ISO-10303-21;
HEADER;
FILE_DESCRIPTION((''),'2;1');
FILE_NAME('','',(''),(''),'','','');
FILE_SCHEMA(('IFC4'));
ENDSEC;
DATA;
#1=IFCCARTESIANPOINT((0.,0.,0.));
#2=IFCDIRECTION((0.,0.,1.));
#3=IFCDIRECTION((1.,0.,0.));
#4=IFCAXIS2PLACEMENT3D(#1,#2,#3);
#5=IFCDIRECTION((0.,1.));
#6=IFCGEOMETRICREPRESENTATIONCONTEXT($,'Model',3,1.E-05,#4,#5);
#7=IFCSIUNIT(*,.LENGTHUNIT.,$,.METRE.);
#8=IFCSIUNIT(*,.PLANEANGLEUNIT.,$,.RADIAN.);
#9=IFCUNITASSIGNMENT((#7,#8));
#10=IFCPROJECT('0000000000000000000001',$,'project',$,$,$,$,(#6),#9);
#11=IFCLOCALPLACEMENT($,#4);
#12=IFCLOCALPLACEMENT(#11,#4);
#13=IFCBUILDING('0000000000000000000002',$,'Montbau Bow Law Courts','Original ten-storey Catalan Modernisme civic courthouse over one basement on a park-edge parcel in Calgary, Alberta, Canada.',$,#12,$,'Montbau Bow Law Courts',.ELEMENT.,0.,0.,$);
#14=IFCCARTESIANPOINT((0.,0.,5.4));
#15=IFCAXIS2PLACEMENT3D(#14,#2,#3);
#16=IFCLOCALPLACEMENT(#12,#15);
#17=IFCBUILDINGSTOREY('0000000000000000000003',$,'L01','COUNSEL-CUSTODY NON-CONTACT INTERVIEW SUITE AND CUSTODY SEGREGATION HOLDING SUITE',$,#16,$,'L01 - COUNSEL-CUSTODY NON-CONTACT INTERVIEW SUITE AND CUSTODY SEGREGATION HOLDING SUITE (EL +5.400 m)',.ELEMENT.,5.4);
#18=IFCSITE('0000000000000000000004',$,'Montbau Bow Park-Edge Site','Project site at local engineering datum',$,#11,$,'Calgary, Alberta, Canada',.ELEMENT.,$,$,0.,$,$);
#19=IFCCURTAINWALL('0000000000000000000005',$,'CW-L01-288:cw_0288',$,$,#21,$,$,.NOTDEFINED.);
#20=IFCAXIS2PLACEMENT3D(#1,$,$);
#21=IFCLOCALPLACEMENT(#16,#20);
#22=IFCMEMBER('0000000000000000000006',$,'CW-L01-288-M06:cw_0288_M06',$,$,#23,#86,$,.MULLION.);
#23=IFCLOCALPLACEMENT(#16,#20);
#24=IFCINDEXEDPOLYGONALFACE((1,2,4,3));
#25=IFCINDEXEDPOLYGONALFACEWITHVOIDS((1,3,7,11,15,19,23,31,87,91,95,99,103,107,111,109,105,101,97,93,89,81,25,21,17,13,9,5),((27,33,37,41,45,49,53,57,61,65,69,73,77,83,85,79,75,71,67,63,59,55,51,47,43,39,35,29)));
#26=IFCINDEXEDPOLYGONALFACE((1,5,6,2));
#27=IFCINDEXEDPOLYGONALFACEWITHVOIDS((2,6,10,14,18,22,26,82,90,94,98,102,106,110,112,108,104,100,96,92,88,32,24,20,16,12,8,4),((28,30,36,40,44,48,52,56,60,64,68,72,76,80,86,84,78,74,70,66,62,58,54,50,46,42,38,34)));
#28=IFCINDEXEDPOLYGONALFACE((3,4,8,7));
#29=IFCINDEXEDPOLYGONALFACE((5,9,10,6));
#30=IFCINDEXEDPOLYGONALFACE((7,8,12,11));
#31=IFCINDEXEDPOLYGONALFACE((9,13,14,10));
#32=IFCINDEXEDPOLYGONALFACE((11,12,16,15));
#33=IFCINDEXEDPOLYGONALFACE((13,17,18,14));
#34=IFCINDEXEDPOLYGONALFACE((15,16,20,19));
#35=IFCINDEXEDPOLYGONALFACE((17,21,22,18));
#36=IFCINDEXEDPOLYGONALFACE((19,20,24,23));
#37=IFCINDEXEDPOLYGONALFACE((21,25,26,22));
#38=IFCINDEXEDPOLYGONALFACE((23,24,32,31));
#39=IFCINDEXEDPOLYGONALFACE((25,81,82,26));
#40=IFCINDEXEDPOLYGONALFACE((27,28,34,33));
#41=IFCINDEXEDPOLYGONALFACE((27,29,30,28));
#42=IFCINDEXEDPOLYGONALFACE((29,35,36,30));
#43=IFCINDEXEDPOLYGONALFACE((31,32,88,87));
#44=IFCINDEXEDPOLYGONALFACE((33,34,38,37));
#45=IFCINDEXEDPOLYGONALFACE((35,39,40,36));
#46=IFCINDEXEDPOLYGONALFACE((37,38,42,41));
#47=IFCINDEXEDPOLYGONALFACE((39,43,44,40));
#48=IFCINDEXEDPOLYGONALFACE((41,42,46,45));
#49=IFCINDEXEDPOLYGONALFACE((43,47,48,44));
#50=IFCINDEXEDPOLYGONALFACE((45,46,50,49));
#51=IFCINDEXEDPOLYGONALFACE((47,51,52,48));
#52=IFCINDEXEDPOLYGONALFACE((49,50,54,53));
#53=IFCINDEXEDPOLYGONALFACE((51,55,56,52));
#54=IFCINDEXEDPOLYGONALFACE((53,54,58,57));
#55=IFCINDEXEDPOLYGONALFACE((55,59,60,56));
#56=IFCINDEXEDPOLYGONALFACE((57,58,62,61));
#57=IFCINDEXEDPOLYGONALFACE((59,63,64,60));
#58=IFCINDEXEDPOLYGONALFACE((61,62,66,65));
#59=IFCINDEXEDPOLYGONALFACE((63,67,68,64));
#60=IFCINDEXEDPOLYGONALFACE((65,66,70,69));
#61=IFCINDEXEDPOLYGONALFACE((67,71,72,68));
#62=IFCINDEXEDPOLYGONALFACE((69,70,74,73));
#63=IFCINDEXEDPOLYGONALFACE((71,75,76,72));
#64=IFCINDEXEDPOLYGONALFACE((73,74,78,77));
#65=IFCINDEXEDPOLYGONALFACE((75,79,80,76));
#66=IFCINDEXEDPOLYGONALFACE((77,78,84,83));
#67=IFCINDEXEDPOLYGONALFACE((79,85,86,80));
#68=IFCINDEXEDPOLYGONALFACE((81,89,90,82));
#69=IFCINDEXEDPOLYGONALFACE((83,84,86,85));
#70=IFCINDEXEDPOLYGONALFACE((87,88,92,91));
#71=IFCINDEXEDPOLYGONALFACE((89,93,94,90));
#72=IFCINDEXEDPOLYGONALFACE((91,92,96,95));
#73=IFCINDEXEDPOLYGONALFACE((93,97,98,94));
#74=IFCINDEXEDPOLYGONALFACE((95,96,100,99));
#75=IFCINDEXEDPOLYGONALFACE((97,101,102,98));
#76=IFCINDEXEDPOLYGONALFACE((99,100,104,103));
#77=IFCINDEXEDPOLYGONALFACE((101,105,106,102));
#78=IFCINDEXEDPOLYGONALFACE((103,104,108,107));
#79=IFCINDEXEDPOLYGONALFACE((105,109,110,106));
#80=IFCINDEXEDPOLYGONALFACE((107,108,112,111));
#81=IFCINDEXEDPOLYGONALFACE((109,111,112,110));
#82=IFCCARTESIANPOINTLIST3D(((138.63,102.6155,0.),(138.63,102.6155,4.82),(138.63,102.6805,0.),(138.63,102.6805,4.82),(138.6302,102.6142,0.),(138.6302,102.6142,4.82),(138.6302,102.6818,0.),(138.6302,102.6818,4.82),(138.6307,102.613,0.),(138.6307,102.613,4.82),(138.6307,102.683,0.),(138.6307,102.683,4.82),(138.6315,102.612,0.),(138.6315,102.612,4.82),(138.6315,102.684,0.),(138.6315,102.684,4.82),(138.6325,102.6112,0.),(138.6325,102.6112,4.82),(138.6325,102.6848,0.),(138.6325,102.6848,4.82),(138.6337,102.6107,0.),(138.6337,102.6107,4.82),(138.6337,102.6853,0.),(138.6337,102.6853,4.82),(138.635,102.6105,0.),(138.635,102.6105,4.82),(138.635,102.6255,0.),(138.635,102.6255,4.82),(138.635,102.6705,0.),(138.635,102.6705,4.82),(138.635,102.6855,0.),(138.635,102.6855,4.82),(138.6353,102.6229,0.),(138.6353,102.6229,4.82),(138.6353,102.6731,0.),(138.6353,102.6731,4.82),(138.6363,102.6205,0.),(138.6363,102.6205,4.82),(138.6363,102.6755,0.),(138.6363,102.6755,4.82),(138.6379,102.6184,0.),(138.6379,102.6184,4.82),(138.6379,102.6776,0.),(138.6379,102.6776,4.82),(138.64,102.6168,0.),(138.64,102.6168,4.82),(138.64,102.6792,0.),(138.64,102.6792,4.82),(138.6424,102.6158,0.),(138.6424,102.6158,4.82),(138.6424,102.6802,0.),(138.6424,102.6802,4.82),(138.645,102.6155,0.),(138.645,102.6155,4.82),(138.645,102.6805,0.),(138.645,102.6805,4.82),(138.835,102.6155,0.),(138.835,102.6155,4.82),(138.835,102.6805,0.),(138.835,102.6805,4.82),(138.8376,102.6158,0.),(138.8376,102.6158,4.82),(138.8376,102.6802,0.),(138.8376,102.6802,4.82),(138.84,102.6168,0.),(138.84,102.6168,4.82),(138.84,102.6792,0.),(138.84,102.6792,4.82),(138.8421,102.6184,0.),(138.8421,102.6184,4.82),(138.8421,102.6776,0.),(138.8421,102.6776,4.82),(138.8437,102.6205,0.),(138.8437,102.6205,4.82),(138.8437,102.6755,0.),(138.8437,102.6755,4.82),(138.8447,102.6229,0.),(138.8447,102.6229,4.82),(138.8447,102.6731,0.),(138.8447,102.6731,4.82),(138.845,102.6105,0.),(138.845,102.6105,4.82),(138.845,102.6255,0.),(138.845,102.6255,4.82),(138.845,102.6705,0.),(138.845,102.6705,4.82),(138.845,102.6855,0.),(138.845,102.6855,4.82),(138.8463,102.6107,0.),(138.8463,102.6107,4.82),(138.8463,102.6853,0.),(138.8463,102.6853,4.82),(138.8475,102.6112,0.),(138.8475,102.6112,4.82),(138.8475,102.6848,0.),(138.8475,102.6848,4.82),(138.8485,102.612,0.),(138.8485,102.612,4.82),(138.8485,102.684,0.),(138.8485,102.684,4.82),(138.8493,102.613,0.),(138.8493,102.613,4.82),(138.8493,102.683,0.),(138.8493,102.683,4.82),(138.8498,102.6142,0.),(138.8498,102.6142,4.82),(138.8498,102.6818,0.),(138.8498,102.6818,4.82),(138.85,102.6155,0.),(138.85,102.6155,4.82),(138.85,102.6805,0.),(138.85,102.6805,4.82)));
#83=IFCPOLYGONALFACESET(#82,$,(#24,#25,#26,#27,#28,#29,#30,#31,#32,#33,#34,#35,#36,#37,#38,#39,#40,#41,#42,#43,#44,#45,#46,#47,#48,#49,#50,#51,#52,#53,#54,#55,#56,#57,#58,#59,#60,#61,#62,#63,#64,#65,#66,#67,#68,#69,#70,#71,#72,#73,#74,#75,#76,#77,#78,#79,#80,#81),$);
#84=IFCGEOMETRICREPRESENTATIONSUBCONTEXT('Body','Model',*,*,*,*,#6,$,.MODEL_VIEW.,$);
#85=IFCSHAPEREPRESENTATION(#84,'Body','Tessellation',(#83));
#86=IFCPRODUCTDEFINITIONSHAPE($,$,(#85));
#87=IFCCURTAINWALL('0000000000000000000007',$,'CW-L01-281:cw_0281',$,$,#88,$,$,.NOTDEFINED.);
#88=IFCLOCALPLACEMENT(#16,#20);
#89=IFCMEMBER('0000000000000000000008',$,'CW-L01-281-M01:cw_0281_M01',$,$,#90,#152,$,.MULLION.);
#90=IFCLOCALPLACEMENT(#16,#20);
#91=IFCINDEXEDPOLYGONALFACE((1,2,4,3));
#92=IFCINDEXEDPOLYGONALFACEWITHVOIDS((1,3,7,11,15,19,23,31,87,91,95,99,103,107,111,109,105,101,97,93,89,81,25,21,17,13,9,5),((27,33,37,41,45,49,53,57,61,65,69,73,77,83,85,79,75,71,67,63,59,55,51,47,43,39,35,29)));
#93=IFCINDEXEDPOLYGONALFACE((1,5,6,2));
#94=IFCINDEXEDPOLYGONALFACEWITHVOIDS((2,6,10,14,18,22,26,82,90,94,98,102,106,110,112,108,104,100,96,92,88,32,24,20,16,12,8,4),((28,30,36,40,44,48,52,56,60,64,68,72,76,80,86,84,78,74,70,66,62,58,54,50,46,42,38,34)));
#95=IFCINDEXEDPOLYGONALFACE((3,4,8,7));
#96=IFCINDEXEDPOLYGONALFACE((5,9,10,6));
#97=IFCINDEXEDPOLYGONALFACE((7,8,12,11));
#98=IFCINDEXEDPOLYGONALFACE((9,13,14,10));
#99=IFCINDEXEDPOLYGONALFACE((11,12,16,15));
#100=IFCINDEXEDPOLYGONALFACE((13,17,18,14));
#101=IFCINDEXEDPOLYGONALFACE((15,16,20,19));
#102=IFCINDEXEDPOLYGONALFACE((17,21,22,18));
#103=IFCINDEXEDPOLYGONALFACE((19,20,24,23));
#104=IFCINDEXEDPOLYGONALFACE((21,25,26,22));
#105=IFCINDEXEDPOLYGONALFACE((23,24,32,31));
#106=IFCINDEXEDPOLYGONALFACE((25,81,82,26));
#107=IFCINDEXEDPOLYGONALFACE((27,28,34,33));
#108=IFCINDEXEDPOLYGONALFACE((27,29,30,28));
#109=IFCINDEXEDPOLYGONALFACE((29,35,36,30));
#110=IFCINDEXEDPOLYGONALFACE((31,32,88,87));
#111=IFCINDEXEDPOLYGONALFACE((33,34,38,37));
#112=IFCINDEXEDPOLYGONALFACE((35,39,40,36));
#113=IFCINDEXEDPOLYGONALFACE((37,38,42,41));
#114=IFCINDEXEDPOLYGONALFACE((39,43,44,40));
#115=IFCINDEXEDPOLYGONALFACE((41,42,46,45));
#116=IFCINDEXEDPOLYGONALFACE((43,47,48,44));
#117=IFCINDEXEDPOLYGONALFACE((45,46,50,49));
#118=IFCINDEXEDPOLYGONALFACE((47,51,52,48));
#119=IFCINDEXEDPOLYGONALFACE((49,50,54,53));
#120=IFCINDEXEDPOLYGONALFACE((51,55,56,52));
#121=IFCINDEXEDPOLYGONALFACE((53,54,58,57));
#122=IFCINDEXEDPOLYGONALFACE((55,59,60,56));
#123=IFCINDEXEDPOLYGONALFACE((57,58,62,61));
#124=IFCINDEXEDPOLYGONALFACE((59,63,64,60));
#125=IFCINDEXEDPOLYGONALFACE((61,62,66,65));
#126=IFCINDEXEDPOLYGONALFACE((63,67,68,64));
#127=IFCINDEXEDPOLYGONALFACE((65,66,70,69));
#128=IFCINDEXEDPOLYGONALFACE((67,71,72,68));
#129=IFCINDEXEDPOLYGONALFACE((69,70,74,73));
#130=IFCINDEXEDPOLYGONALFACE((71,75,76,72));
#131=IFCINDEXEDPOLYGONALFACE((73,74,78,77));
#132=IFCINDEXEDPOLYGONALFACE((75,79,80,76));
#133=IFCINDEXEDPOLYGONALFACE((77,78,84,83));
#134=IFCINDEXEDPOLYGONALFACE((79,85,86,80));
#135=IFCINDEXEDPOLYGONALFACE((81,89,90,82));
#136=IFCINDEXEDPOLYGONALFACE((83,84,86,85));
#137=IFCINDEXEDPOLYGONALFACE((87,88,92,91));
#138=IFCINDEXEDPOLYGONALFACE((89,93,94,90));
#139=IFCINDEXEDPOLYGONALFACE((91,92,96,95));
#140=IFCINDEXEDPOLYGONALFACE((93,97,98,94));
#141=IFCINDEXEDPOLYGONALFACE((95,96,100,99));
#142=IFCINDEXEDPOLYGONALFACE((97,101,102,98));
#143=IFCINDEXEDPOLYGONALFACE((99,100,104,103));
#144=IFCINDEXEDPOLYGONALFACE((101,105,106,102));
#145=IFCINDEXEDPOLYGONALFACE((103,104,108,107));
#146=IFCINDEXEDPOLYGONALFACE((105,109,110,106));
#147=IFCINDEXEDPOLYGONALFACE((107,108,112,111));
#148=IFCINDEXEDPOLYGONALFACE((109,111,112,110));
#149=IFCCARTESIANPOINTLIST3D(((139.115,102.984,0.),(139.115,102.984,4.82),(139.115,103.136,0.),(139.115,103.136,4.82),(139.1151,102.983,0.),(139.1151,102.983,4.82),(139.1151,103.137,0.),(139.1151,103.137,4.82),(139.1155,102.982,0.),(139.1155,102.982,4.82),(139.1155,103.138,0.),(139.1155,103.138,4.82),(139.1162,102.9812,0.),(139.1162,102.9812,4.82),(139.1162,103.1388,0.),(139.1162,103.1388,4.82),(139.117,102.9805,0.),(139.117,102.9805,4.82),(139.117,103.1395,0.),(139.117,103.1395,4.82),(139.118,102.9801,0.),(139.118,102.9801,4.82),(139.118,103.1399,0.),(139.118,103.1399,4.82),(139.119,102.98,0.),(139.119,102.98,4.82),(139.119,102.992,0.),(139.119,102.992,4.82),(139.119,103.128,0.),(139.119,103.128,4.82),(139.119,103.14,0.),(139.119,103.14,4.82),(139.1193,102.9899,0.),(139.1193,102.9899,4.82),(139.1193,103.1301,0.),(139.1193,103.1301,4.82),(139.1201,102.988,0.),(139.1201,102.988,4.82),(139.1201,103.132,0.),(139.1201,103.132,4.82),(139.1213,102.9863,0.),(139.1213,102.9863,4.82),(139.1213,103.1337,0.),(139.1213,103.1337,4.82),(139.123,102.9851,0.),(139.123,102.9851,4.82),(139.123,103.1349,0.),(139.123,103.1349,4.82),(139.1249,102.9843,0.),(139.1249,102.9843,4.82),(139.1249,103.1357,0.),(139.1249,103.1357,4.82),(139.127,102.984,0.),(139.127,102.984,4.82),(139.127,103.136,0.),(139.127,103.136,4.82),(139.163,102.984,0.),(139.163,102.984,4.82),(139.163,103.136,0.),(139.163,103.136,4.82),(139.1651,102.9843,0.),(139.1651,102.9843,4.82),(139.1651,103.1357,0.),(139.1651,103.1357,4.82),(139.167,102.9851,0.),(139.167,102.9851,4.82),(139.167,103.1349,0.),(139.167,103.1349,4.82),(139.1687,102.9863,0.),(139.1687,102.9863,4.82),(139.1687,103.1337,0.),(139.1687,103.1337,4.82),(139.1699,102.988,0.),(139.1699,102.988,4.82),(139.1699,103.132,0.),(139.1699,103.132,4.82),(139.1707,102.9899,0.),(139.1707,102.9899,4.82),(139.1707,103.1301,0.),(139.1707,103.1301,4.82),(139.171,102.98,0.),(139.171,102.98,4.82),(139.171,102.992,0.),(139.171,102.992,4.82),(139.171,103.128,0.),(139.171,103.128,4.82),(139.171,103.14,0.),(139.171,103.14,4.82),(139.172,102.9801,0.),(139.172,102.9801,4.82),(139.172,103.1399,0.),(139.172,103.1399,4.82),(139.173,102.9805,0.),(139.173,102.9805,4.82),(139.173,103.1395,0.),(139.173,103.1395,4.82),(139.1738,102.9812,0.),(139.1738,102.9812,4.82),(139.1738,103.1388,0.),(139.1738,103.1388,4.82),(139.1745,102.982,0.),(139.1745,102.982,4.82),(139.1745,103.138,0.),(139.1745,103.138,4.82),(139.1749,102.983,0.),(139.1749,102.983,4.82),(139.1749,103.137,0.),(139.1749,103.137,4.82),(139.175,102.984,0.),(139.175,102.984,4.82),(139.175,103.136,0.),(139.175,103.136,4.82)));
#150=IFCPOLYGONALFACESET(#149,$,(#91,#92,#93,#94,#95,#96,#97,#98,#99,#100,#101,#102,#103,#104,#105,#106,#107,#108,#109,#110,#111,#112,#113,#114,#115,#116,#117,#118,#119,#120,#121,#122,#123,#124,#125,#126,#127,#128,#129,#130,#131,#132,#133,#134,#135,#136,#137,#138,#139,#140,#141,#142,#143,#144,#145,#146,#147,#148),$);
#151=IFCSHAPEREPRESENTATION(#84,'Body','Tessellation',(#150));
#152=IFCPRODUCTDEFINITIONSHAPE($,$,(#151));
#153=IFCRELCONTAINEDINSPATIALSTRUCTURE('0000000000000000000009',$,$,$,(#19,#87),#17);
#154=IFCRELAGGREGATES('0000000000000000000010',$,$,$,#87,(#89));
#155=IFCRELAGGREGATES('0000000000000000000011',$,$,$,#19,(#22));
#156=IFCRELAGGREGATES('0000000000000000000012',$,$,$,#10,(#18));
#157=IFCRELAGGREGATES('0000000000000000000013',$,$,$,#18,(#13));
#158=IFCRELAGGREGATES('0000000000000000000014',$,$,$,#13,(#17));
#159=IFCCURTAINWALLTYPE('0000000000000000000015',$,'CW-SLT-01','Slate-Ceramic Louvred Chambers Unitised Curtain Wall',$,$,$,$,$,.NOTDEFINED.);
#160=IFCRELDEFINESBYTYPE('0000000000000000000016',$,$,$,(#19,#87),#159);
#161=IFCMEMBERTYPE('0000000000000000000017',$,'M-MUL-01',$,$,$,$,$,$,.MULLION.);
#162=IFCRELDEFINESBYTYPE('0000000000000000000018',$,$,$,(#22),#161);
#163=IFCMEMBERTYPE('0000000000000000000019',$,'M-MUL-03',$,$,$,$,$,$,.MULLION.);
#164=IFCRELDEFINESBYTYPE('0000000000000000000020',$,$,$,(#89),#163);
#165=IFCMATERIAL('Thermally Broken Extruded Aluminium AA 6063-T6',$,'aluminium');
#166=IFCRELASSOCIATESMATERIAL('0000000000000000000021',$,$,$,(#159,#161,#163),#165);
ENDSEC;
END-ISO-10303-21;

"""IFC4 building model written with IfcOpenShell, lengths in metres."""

from ifc_helpers import new_model, si_unit, direction, frame, origin_with_axes, origin_2d_with_axis, place, context, subcontext, project, spatial, hollow_rectangle, extrude, material, material_profile, profile_set, type_object, element, aggregate, save


model = new_model("IFC4")

# Units and contexts
model_context = context("Model", 3, precision=1e-05, world=origin_with_axes(), true_north=direction((0.0, 1.0)))
body_context = subcontext(model_context, "Body", "Model", "MODEL_VIEW")
ifc_project = project(units=[si_unit("LENGTHUNIT", "METRE"), si_unit("PLANEANGLEUNIT", "RADIAN")], contexts=[model_context])

# Site, building, storey
site_placement = place(None, origin_with_axes())
site = spatial("IfcSite", under=ifc_project, at=site_placement, Name="Montbau Bow Park-Edge Site", Description="Project site at local engineering datum", LongName="Calgary, Alberta, Canada", CompositionType="ELEMENT", RefElevation=0.0)
building_placement = place(site_placement, origin_with_axes())
building = spatial("IfcBuilding", under=site, at=building_placement, Name="Montbau Bow Law Courts", Description="Original ten-storey Catalan Modernisme civic courthouse over one basement on a park-edge parcel in Calgary, Alberta, Canada.", LongName="Montbau Bow Law Courts", CompositionType="ELEMENT", ElevationOfRefHeight=0.0, ElevationOfTerrain=0.0)
storey_placement = place(building_placement, frame((0.0, 0.0, 5.4), z_axis=(0.0, 0.0, 1.0), x_axis=(1.0, 0.0, 0.0)))
storey = spatial("IfcBuildingStorey", under=building, at=storey_placement, Name="L01", Description="COUNSEL-CUSTODY NON-CONTACT INTERVIEW SUITE AND CUSTODY SEGREGATION HOLDING SUITE", LongName="L01 - COUNSEL-CUSTODY NON-CONTACT INTERVIEW SUITE AND CUSTODY SEGREGATION HOLDING SUITE (EL +5.400 m)", CompositionType="ELEMENT", Elevation=5.4)

# Curtain wall, member
ifc_material_1 = material(Name="Thermally Broken Extruded Aluminium AA 6063-T6", Category="aluminium")
curtain_wall_type = type_object("IfcCurtainWallType", Name="CW-SLT-01", Description="Slate-Ceramic Louvred Chambers Unitised Curtain Wall", PredefinedType="NOTDEFINED", material=ifc_material_1)
curtain_wall_1_placement = place(None, frame((138.74, 95.315, 5.4), z_axis=(0.0, 0.0, 1.0), x_axis=(1.0, 0.0, 0.0)))
curtain_wall_1 = element("IfcCurtainWall", 1, at=curtain_wall_1_placement, inside=storey, type_object=curtain_wall_type, Name="CW-L01-288:cw_0288", PredefinedType="NOTDEFINED")
ifc_material_profile_1 = material_profile(ifc_material_1, hollow_rectangle(XDim=0.075, YDim=0.22, WallThickness=0.005, InnerFilletRadius=0.01, OuterFilletRadius=0.005, at=origin_2d_with_axis()), Name="CWM-220X75", Category="Main", Priority=0)
ifc_profile_set_1 = profile_set([ifc_material_profile_1], Name="Thermally Broken Extruded Aluminium AA 6063-T6")
member_type_1 = type_object("IfcMemberType", Name="M-MUL-01", PredefinedType="MULLION", material=ifc_profile_set_1)
member_1_placement = place(None, frame((138.74, 102.648, 5.4), z_axis=(0.0, 0.0, 1.0), x_axis=(0.0, 1.0, 0.0)))
member_1 = element("IfcMember", 2, at=member_1_placement, type_object=member_type_1, Name="CW-L01-288-M06:cw_0288_M06", PredefinedType="MULLION", context=body_context, shape_type="SweptSolid", body=[
    extrude(hollow_rectangle(XDim=0.075, YDim=0.22, WallThickness=0.005, InnerFilletRadius=0.01, OuterFilletRadius=0.005, at=origin_2d_with_axis()), origin_with_axes(), (0.0, 0.0, 1.0), 4.82),
])

# Curtain wall, member
curtain_wall_2_placement = place(None, frame((139.115, 103.06, 5.4), z_axis=(0.0, 0.0, 1.0), x_axis=(1.0, 0.0, 0.0)))
curtain_wall_2 = element("IfcCurtainWall", 3, at=curtain_wall_2_placement, inside=storey, type_object=curtain_wall_type, Name="CW-L01-281:cw_0281", PredefinedType="NOTDEFINED")
ifc_material_profile_2 = material_profile(ifc_material_1, hollow_rectangle(XDim=0.06, YDim=0.16, WallThickness=0.004, InnerFilletRadius=0.008, OuterFilletRadius=0.004, at=origin_2d_with_axis()), Name="CWM-160X60", Category="Main", Priority=0)
ifc_profile_set_2 = profile_set([ifc_material_profile_2], Name="Thermally Broken Extruded Aluminium AA 6063-T6")
member_type_2 = type_object("IfcMemberType", Name="M-MUL-03", PredefinedType="MULLION", material=ifc_profile_set_2)
member_2_placement = place(None, frame((139.145, 103.06, 5.4), z_axis=(0.0, 0.0, 1.0), x_axis=(1.0, 0.0, 0.0)))
member_2 = element("IfcMember", 4, at=member_2_placement, type_object=member_type_2, Name="CW-L01-281-M01:cw_0281_M01", PredefinedType="MULLION", context=body_context, shape_type="SweptSolid", body=[
    extrude(hollow_rectangle(XDim=0.06, YDim=0.16, WallThickness=0.004, InnerFilletRadius=0.008, OuterFilletRadius=0.004, at=origin_2d_with_axis()), origin_with_axes(), (0.0, 0.0, 1.0), 4.82),
])

aggregate(curtain_wall_2, [member_2])
aggregate(curtain_wall_1, [member_1])

save(model, "model.ifc")
